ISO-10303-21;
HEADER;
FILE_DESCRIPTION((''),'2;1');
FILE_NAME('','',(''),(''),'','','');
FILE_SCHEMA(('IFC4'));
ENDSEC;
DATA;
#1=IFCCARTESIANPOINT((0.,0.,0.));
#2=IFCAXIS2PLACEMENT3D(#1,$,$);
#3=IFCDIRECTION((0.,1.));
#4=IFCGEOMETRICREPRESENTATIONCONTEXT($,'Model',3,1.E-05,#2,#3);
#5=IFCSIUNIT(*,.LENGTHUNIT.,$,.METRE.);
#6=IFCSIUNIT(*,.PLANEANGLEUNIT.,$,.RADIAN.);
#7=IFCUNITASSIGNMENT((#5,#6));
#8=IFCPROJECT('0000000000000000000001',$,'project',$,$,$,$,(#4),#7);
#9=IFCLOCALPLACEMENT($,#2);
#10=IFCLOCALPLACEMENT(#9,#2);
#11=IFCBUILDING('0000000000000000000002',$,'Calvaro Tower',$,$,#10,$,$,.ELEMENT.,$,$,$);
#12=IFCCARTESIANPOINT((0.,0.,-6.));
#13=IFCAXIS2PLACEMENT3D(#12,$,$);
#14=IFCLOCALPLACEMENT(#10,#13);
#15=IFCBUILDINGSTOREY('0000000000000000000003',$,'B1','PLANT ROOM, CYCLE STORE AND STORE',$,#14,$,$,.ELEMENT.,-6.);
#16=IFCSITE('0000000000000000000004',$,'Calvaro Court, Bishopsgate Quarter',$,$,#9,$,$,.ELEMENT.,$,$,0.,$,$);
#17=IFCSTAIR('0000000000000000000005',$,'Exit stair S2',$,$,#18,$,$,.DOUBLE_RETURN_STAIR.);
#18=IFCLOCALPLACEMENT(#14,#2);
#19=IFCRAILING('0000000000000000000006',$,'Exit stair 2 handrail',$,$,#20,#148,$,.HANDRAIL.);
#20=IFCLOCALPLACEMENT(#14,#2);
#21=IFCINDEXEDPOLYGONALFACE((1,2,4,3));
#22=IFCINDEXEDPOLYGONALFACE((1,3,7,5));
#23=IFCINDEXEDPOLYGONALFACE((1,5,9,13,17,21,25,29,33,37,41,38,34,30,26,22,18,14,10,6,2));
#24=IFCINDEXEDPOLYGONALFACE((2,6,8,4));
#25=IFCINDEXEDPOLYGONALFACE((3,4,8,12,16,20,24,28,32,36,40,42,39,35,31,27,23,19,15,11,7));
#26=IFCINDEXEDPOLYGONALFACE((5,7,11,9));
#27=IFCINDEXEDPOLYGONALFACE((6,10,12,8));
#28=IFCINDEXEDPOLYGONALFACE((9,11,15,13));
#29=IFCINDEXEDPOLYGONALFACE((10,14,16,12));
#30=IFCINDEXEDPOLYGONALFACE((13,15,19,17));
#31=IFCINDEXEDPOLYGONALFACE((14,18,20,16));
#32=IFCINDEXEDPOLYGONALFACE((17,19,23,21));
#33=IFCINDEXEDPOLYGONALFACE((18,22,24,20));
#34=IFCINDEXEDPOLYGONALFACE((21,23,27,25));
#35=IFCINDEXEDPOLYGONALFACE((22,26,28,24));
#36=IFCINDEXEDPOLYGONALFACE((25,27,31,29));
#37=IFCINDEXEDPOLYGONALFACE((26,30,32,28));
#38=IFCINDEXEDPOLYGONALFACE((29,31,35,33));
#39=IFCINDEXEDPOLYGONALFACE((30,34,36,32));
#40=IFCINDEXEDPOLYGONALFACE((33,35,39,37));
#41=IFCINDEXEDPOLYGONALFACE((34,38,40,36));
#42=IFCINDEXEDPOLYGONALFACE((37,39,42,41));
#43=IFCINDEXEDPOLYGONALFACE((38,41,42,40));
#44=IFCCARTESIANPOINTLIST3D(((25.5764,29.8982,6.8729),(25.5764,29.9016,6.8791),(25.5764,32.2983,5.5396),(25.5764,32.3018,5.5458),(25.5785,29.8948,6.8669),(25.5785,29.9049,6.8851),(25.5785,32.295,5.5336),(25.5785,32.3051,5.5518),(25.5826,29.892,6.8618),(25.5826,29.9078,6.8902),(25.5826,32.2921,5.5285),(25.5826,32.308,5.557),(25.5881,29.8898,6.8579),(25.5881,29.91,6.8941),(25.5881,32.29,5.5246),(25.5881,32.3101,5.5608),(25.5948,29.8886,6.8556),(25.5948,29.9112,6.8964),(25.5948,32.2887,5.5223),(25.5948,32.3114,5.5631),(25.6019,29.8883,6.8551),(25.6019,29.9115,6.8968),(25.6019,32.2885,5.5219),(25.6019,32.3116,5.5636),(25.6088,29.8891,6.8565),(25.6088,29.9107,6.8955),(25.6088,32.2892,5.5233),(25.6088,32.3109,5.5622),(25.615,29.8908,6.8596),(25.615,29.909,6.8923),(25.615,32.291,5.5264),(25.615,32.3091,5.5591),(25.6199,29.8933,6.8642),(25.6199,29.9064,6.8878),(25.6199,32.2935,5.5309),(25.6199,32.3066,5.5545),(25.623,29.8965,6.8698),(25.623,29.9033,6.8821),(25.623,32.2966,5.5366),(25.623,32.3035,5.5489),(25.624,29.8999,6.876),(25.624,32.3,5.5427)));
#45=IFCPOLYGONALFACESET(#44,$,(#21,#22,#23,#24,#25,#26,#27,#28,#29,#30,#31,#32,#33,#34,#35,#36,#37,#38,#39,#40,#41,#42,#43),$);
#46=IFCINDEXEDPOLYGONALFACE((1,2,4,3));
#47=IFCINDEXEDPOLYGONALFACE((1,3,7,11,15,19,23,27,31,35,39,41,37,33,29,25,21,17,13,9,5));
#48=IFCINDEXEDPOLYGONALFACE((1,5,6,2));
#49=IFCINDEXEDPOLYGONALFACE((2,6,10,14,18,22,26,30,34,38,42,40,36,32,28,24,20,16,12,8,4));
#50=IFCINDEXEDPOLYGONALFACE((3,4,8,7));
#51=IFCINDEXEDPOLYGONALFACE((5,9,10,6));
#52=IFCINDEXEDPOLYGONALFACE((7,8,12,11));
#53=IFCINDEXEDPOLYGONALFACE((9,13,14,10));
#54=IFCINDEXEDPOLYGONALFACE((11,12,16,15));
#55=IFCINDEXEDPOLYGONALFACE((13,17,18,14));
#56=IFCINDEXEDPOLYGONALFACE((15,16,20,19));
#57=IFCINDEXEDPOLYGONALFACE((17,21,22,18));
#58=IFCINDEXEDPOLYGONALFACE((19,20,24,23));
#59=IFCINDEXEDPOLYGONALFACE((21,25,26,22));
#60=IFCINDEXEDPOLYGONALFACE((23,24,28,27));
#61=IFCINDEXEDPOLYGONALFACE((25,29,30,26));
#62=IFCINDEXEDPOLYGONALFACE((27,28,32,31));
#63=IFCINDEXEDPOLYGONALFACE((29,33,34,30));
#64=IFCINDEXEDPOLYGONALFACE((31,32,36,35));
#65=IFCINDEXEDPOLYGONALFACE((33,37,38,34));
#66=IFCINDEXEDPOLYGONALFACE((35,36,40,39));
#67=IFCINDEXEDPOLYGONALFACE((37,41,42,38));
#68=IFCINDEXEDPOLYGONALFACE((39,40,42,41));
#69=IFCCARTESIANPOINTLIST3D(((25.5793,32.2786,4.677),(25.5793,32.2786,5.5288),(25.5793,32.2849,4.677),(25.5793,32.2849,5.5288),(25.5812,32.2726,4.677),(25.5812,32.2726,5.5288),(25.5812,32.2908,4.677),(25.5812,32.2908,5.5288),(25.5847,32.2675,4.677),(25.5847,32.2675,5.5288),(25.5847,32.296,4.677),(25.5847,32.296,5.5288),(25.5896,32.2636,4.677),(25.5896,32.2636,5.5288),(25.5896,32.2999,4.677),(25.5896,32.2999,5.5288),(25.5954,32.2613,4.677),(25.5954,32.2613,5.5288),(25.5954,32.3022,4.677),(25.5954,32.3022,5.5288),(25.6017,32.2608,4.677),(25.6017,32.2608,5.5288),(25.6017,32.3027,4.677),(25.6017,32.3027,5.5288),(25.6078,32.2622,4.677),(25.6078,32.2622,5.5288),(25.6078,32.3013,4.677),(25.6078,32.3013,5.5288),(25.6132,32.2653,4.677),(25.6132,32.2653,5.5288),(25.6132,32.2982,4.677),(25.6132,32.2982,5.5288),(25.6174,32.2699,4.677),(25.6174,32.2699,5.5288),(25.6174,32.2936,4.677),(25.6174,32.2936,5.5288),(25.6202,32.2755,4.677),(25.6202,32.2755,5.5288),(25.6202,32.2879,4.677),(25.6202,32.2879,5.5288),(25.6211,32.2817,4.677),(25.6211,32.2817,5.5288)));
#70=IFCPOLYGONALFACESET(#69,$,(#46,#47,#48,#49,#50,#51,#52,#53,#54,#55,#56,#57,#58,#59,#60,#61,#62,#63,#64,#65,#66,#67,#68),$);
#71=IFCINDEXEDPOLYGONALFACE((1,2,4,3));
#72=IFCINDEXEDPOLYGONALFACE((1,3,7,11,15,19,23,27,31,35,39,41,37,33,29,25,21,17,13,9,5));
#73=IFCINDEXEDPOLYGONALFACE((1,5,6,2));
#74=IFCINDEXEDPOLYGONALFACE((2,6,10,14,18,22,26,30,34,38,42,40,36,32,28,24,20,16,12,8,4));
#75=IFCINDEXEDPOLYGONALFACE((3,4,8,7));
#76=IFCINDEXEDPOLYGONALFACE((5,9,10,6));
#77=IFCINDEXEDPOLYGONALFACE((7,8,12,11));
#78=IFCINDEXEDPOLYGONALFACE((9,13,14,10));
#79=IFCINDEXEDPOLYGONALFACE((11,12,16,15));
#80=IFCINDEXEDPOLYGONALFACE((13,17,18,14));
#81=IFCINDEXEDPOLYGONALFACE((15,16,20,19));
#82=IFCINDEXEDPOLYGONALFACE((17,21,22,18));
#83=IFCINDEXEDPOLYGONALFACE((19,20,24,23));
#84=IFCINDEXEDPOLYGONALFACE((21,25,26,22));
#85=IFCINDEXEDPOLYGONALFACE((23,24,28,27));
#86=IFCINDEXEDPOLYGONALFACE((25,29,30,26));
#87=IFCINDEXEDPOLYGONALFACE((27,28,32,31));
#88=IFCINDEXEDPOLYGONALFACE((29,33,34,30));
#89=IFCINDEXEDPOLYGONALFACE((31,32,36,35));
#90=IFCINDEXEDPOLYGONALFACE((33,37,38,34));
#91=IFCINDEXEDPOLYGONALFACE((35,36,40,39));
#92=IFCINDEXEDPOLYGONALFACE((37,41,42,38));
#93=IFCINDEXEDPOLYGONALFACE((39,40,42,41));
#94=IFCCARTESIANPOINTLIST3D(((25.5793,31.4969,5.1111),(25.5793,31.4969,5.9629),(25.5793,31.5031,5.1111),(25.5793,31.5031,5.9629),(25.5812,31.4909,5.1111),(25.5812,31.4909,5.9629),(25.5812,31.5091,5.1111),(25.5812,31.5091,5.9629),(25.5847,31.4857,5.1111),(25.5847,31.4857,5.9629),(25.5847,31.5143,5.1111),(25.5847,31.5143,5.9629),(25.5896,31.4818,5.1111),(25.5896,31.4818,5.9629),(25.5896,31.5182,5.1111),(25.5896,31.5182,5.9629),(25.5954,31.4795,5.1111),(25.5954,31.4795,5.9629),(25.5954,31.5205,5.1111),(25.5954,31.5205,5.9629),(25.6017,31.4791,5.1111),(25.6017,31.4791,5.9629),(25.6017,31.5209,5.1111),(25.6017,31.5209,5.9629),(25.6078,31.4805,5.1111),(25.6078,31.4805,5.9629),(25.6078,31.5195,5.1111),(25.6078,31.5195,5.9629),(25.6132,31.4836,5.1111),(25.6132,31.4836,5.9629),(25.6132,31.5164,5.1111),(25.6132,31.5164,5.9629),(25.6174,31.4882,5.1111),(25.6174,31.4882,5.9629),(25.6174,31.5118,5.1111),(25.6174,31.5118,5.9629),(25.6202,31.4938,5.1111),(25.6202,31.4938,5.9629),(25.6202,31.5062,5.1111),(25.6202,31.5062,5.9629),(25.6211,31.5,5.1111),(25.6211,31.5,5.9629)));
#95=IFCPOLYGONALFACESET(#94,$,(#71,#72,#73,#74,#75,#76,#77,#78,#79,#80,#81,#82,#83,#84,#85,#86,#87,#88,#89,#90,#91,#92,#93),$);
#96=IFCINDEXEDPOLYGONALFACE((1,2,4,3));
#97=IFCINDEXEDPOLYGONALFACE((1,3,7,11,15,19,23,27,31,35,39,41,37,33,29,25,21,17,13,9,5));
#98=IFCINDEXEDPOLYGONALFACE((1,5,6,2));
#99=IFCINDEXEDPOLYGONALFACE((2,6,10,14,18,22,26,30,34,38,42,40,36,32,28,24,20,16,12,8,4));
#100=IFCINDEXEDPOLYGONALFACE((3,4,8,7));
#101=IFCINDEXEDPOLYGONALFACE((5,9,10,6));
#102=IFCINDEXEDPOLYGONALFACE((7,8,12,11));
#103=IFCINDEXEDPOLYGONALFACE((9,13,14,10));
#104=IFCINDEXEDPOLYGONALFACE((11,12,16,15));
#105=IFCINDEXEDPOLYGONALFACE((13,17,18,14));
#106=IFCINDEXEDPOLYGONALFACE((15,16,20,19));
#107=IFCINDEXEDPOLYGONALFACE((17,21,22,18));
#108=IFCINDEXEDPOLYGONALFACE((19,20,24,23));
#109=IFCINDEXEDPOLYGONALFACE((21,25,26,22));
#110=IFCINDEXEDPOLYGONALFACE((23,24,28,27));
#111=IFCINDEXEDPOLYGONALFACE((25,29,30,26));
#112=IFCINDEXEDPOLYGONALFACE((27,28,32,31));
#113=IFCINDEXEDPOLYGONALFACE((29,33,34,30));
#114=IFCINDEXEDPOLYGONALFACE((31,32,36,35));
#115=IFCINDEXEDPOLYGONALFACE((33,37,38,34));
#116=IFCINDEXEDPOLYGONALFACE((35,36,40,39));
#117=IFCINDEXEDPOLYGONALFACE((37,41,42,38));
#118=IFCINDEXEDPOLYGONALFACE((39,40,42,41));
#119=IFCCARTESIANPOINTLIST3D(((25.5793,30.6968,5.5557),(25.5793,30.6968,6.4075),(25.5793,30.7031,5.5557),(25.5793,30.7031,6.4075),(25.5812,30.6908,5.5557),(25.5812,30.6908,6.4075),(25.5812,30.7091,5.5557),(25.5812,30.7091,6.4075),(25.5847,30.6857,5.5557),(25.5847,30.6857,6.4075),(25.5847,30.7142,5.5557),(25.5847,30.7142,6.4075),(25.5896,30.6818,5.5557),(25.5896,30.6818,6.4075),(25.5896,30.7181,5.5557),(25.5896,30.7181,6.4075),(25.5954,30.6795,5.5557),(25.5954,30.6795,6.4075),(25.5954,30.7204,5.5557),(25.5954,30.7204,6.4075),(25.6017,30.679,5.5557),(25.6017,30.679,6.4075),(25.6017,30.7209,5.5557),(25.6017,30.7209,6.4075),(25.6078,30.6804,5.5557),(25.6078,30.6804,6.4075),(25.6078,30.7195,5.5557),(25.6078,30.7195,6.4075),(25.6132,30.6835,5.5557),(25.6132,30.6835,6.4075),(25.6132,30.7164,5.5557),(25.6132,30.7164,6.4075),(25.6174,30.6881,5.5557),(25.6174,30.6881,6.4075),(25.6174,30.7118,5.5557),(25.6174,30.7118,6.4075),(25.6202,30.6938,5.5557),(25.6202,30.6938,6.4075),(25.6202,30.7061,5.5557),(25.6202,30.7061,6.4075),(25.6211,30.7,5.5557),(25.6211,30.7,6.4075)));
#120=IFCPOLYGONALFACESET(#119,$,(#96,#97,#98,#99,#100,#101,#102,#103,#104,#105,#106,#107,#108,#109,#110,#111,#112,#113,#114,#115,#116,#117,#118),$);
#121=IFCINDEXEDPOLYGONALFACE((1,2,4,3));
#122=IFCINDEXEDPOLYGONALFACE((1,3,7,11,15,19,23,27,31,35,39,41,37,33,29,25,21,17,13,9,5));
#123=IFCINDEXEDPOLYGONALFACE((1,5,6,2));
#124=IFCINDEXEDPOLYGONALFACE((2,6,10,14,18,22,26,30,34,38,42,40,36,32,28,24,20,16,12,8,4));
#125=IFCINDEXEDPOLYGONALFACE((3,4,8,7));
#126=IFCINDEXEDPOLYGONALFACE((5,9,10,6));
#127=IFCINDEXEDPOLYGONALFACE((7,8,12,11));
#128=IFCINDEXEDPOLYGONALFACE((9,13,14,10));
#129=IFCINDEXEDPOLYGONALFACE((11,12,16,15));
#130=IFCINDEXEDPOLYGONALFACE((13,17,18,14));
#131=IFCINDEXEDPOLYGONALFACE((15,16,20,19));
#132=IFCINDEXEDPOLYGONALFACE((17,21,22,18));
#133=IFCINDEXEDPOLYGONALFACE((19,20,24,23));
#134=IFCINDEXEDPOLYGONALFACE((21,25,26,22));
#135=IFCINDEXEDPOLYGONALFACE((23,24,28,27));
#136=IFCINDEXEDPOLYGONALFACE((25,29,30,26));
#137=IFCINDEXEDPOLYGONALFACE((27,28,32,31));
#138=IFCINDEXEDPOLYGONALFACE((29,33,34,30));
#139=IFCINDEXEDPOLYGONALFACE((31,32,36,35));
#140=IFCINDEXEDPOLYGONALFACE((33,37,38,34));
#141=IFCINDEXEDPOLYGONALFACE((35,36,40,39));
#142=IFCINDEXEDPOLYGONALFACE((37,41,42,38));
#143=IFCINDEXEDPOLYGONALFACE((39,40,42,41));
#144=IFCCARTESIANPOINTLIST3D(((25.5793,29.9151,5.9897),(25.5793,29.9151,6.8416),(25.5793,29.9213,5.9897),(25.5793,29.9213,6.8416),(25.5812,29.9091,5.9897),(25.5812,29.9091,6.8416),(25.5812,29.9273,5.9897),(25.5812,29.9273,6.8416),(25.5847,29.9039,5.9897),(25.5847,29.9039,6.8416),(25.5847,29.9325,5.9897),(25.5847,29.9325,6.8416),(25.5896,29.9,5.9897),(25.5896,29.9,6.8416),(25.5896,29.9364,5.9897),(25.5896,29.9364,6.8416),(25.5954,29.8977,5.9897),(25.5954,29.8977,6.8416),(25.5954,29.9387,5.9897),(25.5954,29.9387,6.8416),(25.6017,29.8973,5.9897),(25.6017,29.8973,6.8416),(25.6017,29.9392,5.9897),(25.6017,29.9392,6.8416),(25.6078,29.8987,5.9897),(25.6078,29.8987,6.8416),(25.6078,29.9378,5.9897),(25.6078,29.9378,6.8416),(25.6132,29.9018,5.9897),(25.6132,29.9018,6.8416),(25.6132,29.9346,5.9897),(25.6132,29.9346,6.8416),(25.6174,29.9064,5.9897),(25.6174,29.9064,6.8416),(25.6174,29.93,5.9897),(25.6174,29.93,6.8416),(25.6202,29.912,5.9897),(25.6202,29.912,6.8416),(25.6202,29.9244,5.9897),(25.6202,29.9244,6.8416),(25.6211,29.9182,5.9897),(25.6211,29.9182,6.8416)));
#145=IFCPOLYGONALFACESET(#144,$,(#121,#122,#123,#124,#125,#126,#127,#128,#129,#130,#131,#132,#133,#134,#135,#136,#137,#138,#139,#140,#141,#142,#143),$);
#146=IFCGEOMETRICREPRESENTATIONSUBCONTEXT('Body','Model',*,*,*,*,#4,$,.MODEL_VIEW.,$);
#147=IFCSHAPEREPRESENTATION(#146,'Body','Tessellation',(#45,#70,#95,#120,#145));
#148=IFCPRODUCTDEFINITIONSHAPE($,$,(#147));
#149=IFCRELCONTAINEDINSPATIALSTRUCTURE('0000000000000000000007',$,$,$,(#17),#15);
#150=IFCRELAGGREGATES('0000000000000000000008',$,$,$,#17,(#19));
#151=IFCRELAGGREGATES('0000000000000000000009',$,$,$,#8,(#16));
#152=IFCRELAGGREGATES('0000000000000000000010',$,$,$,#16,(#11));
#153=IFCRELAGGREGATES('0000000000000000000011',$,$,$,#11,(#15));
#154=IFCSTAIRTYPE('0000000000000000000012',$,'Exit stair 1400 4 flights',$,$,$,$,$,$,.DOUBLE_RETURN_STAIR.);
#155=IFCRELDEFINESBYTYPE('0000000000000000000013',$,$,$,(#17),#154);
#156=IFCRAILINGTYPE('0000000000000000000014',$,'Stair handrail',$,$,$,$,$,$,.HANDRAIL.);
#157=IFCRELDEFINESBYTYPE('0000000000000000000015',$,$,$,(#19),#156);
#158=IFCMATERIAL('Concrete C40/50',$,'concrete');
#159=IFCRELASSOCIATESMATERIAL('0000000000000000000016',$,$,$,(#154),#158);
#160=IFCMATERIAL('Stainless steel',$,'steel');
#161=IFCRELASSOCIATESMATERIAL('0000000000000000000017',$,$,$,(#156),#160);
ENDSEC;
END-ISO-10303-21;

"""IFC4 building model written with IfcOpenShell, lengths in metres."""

from ifc_helpers import new_model, si_unit, direction, frame, origin, origin_2d, place, context, subcontext, project, spatial, circle, extrude, material, type_object, element, aggregate, save


model = new_model("IFC4")

# Units and contexts
model_context = context("Model", 3, precision=1e-05, world=origin(), true_north=direction((0.0, 1.0)))
body_context = subcontext(model_context, "Body", "Model", "MODEL_VIEW")
ifc_project = project(units=[si_unit("LENGTHUNIT", "METRE"), si_unit("PLANEANGLEUNIT", "RADIAN")], contexts=[model_context])

# Site, building, storey
site_placement = place(None, origin())
site = spatial("IfcSite", under=ifc_project, at=site_placement, Name="Calvaro Court, Bishopsgate Quarter", CompositionType="ELEMENT", RefElevation=0.0)
building_placement = place(site_placement, origin())
building = spatial("IfcBuilding", under=site, at=building_placement, Name="Calvaro Tower", CompositionType="ELEMENT")
storey_placement = place(building_placement, frame((0.0, 0.0, -6.0)))
storey = spatial("IfcBuildingStorey", under=building, at=storey_placement, Name="B1", Description="PLANT ROOM, CYCLE STORE AND STORE", CompositionType="ELEMENT", Elevation=-6.0)

# Stair, railing
ifc_material_1 = material(Name="Concrete C40/50", Category="concrete")
stair_type = type_object("IfcStairType", Name="Exit stair 1400 4 flights", PredefinedType="DOUBLE_RETURN_STAIR", material=ifc_material_1)
stair_placement = place(storey_placement, origin())
stair = element("IfcStair", 1, at=stair_placement, inside=storey, type_object=stair_type, Name="Exit stair S2", PredefinedType="DOUBLE_RETURN_STAIR")
ifc_material_2 = material(Name="Stainless steel", Category="steel")
railing_type = type_object("IfcRailingType", Name="Stair handrail", PredefinedType="HANDRAIL", material=ifc_material_2)
railing_1_placement = place(storey_placement, frame((25.6001, 32.3, 4.6667)))
railing_1 = element("IfcRailing", 2, at=railing_1_placement, type_object=railing_type, Name="Exit stair 2 handrail", PredefinedType="HANDRAIL", context=body_context, shape_type="SweptSolid", body=[
    extrude(circle(Radius=0.0239, at=origin_2d()), frame((0.0, 0.0, 0.876), z_axis=(0.0, -0.874182, 0.485598), x_axis=(1.0, 0.0, 0.0)), (0.0, 0.0, 1.0), 2.7456),
    extrude(circle(Radius=0.021, at=origin_2d()), frame((0.0, -0.0183, 0.0103)), (0.0, 0.0, 1.0), 0.8518),
    extrude(circle(Radius=0.021, at=origin_2d()), frame((0.0, -0.8, 0.4443)), (0.0, 0.0, 1.0), 0.8518),
    extrude(circle(Radius=0.021, at=origin_2d()), frame((0.0, -1.6001, 0.8889)), (0.0, 0.0, 1.0), 0.8518),
    extrude(circle(Radius=0.021, at=origin_2d()), frame((0.0, -2.3818, 1.323)), (0.0, 0.0, 1.0), 0.8518),
])
aggregate(stair, [railing_1])

save(model, "model.ifc")
